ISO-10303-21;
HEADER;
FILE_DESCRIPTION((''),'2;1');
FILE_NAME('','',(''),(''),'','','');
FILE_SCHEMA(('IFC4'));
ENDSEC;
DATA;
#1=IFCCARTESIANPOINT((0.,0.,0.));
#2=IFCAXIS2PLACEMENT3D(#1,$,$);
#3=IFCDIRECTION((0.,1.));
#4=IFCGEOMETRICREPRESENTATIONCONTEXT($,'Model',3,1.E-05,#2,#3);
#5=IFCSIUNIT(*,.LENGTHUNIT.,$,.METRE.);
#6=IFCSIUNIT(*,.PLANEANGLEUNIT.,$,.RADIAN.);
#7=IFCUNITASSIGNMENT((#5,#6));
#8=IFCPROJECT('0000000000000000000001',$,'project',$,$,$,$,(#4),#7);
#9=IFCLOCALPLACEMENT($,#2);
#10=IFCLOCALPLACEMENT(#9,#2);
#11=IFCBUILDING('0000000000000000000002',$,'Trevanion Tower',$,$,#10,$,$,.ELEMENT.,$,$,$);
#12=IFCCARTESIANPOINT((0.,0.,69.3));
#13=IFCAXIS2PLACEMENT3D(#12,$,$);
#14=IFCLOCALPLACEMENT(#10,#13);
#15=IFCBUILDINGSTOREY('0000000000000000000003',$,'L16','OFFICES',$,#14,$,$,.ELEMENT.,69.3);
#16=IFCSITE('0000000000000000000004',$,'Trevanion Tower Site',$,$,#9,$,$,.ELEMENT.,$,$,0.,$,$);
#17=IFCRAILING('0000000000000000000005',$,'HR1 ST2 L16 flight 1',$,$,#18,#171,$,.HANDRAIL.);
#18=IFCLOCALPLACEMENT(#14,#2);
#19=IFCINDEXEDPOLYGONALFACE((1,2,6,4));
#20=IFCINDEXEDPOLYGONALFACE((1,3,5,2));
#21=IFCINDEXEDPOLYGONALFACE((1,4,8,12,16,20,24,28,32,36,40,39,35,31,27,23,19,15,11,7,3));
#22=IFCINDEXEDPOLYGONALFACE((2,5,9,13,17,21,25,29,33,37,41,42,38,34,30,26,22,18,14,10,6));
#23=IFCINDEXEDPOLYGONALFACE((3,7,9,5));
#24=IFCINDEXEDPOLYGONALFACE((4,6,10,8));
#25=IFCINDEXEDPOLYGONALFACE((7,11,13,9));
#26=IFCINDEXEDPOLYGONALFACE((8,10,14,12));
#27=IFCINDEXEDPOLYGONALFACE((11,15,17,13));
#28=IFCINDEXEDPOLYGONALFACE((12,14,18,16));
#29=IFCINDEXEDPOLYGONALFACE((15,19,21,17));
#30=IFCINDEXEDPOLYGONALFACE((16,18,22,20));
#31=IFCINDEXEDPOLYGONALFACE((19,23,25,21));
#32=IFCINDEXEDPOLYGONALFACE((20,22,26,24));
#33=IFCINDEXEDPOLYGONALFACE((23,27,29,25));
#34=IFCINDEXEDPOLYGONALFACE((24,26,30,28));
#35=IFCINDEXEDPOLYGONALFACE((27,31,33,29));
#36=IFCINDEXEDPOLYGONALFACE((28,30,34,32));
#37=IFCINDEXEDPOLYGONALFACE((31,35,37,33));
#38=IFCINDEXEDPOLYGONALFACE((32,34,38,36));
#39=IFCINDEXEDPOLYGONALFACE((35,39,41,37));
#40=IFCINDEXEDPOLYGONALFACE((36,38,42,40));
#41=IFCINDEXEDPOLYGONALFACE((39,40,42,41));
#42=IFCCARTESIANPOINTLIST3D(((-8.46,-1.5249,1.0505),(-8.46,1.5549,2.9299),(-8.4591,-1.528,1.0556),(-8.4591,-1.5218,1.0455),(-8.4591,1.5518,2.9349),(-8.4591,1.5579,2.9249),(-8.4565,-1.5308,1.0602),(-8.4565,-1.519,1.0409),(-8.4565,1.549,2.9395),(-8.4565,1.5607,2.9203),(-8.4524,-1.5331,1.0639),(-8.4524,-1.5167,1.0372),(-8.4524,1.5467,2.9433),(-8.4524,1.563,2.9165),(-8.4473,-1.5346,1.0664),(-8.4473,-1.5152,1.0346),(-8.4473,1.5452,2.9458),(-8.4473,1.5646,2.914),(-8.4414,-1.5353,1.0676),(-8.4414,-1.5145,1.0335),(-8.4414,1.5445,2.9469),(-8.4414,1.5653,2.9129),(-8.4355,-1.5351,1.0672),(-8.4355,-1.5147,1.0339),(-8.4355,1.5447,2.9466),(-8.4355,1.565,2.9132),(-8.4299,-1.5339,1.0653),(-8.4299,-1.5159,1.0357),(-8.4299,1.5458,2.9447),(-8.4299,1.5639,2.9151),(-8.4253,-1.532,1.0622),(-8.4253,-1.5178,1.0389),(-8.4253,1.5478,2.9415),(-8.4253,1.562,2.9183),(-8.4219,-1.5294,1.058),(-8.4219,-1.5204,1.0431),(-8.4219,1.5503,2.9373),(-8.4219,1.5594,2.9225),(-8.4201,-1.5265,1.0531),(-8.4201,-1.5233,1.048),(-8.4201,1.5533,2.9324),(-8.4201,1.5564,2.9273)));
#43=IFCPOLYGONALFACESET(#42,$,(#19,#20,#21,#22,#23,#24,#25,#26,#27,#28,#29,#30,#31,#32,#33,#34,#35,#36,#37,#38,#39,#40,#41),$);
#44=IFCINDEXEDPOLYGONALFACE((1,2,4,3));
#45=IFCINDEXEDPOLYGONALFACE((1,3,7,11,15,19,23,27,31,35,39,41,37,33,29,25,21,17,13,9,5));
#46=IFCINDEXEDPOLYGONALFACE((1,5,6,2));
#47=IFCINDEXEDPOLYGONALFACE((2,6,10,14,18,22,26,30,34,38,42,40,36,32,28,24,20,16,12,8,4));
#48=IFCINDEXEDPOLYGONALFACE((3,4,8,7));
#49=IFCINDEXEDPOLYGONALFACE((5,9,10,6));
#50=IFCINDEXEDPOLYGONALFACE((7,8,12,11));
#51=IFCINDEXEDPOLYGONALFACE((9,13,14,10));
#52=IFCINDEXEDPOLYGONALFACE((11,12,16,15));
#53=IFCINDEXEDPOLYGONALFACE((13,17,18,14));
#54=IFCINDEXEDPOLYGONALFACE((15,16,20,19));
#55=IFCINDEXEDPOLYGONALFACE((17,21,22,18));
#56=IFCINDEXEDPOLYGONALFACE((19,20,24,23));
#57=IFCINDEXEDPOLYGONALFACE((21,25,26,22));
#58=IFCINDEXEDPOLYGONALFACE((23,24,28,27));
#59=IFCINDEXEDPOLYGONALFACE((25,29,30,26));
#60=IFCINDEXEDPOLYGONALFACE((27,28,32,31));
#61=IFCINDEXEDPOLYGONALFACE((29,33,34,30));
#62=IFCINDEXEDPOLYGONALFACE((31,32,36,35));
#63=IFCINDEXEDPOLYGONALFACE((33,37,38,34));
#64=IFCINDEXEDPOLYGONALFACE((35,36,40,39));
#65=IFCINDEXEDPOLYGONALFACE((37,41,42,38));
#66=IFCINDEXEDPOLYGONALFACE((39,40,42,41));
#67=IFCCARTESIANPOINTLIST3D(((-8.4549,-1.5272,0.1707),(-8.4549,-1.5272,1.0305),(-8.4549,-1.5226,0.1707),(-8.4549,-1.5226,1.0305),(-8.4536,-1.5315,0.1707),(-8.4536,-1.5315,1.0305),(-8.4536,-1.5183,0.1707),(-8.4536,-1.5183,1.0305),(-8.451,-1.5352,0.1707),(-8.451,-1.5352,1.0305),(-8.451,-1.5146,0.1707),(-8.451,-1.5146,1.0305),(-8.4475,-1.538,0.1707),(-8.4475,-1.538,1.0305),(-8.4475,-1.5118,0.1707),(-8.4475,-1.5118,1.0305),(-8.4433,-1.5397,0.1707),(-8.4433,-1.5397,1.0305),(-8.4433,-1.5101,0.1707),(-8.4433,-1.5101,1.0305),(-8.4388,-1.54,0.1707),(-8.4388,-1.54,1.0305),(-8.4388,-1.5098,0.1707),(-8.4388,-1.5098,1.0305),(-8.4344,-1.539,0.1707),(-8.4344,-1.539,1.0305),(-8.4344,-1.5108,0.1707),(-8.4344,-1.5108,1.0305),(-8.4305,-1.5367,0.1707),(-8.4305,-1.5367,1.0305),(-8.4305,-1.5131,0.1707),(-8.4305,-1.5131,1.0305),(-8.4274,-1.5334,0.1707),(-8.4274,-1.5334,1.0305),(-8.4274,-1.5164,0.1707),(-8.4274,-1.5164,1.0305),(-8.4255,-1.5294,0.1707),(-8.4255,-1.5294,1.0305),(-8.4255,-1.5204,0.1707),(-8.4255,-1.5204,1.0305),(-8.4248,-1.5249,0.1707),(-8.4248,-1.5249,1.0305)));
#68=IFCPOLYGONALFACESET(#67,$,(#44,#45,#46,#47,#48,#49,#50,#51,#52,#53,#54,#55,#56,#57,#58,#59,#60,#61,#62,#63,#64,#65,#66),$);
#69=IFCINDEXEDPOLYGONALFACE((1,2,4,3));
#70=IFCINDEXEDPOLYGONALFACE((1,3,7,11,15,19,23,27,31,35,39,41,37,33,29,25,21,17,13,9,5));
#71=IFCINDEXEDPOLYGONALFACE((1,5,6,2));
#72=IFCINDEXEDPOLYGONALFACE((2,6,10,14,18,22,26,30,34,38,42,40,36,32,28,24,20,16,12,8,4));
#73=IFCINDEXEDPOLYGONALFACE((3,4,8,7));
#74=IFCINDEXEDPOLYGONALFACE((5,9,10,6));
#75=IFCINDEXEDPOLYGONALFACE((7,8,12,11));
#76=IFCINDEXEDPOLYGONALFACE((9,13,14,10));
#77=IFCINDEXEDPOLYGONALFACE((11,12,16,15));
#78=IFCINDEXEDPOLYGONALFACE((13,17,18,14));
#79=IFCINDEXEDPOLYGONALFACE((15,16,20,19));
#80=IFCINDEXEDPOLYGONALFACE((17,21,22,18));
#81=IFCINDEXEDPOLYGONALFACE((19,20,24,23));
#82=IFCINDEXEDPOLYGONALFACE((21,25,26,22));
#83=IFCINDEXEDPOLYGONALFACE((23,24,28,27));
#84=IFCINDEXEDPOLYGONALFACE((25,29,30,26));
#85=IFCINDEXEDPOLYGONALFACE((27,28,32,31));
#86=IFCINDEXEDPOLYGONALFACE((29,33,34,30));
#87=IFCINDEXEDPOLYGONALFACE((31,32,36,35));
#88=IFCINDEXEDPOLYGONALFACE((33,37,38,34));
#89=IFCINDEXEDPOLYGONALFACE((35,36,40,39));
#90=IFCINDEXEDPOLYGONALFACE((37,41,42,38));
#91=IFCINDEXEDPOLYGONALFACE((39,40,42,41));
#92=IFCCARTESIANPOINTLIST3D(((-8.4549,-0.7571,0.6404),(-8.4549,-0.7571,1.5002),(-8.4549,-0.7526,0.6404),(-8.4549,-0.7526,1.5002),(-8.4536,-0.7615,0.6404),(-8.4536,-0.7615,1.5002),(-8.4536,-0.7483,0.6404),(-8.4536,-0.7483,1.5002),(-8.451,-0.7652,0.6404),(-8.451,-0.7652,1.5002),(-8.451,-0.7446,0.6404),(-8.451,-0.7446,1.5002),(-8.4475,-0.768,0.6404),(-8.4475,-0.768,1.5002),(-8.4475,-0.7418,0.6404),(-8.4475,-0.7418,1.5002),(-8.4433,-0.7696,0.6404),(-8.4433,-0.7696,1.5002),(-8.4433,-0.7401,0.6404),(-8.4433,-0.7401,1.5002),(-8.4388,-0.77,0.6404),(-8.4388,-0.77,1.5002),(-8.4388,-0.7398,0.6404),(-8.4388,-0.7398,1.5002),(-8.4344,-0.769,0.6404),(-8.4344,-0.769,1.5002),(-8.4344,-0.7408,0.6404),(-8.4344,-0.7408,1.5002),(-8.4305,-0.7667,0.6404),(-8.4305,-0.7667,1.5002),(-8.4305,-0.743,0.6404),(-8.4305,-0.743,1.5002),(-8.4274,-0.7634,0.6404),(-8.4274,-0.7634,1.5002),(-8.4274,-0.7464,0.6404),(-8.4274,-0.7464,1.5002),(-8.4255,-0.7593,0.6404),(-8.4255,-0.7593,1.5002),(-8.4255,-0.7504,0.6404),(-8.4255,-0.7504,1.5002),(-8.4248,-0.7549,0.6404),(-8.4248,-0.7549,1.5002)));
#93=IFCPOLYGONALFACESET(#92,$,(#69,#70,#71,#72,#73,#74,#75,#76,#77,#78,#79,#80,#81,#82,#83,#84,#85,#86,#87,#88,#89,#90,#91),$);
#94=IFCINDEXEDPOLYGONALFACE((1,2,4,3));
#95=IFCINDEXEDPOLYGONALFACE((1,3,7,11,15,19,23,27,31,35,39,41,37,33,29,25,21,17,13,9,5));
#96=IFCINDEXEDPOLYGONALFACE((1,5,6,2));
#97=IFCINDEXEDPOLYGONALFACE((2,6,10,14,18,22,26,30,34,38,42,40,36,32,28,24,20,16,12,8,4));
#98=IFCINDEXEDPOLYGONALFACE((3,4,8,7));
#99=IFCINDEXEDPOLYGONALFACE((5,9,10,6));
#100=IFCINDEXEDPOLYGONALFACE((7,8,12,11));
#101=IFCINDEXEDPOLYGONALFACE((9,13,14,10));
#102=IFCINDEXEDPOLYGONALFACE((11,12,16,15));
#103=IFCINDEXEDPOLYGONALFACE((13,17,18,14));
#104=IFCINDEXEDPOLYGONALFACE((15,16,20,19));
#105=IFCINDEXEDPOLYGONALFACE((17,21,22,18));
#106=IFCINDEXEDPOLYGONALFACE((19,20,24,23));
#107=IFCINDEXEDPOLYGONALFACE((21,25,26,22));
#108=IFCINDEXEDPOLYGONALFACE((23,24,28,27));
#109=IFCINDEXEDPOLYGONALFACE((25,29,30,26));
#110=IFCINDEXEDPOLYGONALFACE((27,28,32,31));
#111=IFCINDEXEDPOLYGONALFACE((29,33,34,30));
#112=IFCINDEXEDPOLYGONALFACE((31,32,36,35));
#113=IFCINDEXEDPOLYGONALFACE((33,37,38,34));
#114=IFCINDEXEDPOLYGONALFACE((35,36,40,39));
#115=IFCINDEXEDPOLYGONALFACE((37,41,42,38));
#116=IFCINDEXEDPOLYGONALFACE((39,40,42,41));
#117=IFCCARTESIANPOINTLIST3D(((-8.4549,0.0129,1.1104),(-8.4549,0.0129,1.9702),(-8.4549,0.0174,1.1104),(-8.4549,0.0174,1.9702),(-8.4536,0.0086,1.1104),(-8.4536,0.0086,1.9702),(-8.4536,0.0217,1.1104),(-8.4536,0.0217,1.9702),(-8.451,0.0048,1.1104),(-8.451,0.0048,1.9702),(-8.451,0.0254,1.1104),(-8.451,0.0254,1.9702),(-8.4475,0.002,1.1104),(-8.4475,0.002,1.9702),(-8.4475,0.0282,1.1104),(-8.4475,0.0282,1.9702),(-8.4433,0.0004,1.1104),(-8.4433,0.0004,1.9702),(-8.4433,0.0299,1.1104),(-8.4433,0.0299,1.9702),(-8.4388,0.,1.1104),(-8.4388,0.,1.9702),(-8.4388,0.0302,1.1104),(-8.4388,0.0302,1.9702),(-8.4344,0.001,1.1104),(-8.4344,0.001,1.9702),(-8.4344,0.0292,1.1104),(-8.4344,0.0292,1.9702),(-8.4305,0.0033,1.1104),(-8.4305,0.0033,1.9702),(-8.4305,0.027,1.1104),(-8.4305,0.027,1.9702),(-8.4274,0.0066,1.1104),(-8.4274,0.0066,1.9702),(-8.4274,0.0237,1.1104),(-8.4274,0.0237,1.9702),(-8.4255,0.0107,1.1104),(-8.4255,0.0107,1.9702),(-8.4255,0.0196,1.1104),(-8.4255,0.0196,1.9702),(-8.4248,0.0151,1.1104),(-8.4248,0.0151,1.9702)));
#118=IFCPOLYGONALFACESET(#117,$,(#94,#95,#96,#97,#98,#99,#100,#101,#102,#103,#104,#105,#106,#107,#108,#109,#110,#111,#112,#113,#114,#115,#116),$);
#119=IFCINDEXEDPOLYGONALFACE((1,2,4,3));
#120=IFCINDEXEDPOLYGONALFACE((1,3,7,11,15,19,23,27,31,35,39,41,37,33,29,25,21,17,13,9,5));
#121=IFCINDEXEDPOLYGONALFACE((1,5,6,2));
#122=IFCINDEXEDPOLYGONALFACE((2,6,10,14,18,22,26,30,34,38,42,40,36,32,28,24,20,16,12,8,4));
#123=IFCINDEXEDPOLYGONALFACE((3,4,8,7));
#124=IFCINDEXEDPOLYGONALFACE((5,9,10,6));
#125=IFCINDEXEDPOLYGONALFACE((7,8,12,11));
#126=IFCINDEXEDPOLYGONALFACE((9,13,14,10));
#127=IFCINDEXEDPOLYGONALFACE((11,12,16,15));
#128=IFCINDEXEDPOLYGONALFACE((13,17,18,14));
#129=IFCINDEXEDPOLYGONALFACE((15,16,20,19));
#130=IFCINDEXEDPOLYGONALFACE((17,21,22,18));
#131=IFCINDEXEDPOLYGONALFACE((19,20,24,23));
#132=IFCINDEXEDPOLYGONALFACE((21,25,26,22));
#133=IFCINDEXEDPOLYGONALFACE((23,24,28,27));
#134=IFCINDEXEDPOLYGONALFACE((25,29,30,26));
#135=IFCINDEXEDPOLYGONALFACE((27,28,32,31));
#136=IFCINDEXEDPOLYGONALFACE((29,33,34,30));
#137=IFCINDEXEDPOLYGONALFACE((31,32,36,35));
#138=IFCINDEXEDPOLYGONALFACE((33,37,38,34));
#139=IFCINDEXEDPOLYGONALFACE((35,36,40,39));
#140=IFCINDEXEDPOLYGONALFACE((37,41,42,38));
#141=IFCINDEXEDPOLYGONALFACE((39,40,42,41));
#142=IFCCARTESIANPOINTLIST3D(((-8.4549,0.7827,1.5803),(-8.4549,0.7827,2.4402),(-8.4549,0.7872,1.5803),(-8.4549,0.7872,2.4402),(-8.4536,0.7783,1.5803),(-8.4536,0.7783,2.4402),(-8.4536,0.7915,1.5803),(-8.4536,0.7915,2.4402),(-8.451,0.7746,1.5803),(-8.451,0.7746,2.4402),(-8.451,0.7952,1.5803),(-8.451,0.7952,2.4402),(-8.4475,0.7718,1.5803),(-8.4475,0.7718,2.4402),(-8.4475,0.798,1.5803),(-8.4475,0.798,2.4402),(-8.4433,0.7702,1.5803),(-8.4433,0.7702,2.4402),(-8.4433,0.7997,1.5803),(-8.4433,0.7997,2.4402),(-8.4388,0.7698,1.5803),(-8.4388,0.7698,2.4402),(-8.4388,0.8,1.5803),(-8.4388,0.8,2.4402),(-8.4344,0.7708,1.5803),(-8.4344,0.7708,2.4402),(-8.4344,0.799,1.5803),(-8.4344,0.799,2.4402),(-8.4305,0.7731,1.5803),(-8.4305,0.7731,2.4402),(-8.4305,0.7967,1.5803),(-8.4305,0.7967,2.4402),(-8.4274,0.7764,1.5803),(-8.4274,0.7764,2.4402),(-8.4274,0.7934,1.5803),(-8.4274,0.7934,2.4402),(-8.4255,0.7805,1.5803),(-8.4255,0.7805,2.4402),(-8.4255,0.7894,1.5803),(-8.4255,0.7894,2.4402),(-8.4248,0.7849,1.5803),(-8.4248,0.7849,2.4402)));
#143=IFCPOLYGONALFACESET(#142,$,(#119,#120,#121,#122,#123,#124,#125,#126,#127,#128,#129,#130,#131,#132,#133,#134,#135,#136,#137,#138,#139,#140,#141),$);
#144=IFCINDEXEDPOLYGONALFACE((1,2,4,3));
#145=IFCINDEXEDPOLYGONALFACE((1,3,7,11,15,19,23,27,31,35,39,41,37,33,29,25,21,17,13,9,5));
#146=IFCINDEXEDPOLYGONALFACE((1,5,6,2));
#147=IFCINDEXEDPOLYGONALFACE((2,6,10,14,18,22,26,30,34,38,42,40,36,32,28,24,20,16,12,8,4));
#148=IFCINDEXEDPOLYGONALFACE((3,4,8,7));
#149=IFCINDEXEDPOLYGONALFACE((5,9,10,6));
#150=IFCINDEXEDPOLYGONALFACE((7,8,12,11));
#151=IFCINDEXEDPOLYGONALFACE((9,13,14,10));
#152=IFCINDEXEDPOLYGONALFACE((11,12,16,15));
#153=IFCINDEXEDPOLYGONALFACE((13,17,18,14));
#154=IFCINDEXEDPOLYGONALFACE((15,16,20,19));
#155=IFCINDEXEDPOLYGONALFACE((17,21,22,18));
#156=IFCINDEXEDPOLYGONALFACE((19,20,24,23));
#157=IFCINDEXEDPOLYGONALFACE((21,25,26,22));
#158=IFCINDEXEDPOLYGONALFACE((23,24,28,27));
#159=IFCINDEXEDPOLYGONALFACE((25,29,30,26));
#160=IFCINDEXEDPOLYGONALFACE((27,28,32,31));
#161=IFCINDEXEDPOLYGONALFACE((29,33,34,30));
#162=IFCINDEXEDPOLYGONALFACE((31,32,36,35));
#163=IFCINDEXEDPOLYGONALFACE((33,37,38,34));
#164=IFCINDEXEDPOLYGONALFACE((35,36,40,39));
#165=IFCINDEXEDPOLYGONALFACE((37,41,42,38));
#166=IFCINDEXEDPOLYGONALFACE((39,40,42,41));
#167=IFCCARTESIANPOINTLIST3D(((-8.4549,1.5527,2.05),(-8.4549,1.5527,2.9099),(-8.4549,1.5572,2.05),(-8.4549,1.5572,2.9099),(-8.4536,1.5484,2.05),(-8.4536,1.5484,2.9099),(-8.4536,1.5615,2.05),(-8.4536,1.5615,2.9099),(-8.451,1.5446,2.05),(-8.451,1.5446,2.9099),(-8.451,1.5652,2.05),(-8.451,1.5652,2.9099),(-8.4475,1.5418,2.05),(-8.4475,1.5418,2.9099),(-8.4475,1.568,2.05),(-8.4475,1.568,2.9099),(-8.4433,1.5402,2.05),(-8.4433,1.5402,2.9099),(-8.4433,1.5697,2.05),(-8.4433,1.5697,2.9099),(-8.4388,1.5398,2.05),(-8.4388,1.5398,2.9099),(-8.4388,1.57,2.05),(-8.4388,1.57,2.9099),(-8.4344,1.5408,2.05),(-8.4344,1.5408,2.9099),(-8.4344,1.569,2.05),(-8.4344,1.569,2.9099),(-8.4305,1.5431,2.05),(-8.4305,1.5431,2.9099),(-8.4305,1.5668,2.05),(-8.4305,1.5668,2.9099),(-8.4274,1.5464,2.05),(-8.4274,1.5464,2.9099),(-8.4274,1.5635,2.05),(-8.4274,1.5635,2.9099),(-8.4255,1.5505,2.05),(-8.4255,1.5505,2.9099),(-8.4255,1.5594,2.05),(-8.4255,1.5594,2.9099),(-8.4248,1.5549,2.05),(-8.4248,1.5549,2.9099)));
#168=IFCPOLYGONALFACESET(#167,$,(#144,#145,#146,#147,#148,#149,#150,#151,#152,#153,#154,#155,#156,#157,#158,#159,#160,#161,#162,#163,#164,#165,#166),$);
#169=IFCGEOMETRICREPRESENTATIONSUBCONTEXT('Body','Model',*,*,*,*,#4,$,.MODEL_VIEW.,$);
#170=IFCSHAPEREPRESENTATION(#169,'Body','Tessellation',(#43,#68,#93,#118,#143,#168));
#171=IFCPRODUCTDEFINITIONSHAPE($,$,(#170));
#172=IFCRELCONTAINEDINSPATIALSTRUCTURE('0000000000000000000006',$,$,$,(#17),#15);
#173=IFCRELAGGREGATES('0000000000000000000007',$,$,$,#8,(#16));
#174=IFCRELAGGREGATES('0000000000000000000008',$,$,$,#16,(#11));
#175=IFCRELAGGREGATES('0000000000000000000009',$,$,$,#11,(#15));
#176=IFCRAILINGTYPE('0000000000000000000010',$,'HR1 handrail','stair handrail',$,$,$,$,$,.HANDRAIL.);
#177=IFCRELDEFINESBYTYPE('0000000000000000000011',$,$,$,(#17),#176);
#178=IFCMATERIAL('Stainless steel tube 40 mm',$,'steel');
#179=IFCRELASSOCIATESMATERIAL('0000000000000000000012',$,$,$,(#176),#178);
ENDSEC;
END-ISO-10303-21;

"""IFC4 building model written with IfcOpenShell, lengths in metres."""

from ifc_helpers import new_model, si_unit, direction, frame, origin, origin_2d, place, context, subcontext, project, spatial, circle, extrude, material, type_object, element, save


model = new_model("IFC4")

# Units and contexts
model_context = context("Model", 3, precision=1e-05, world=origin(), true_north=direction((0.0, 1.0)))
body_context = subcontext(model_context, "Body", "Model", "MODEL_VIEW")
ifc_project = project(units=[si_unit("LENGTHUNIT", "METRE"), si_unit("PLANEANGLEUNIT", "RADIAN")], contexts=[model_context])

# Site, building, storey
site_placement = place(None, origin())
site = spatial("IfcSite", under=ifc_project, at=site_placement, Name="Trevanion Tower Site", CompositionType="ELEMENT", RefElevation=0.0)
building_placement = place(site_placement, origin())
building = spatial("IfcBuilding", under=site, at=building_placement, Name="Trevanion Tower", CompositionType="ELEMENT")
storey_placement = place(building_placement, frame((0.0, 0.0, 69.3)))
storey = spatial("IfcBuildingStorey", under=building, at=storey_placement, Name="L16", Description="OFFICES", CompositionType="ELEMENT", Elevation=69.3)

# Railing
ifc_material_1 = material(Name="Stainless steel tube 40 mm", Category="steel")
railing_type = type_object("IfcRailingType", Name="HR1 handrail", Description="stair handrail", PredefinedType="HANDRAIL", material=ifc_material_1)
for number, where, name in (
    (1, (-8.4399, -1.5249, 0.1707), "HR1 ST2 L16 flight 1"),
):
    element("IfcRailing", number, at=place(storey_placement, frame(where)), inside=storey, type_object=railing_type, Name=name, PredefinedType="HANDRAIL", context=body_context, shape_type="SweptSolid", body=[
        extrude(circle(Radius=0.02, at=origin_2d()), frame((0.0, 0.0, 0.8799), z_axis=(0.0, 0.853618, 0.5209), x_axis=(-1.0, 0.0, 0.0)), (0.0, 0.0, 1.0), 3.6079),
        extrude(circle(Radius=0.0151, at=origin_2d()), origin(), (0.0, 0.0, 1.0), 0.8599),
        extrude(circle(Radius=0.0151, at=origin_2d()), frame((0.0, 0.77, 0.4697)), (0.0, 0.0, 1.0), 0.8599),
        extrude(circle(Radius=0.0151, at=origin_2d()), frame((0.0, 1.54, 0.9397)), (0.0, 0.0, 1.0), 0.8599),
        extrude(circle(Radius=0.0151, at=origin_2d()), frame((0.0, 2.3098, 1.4097)), (0.0, 0.0, 1.0), 0.8599),
        extrude(circle(Radius=0.0151, at=origin_2d()), frame((0.0, 3.0798, 1.8794)), (0.0, 0.0, 1.0), 0.8599),
    ])

save(model, "model.ifc")
